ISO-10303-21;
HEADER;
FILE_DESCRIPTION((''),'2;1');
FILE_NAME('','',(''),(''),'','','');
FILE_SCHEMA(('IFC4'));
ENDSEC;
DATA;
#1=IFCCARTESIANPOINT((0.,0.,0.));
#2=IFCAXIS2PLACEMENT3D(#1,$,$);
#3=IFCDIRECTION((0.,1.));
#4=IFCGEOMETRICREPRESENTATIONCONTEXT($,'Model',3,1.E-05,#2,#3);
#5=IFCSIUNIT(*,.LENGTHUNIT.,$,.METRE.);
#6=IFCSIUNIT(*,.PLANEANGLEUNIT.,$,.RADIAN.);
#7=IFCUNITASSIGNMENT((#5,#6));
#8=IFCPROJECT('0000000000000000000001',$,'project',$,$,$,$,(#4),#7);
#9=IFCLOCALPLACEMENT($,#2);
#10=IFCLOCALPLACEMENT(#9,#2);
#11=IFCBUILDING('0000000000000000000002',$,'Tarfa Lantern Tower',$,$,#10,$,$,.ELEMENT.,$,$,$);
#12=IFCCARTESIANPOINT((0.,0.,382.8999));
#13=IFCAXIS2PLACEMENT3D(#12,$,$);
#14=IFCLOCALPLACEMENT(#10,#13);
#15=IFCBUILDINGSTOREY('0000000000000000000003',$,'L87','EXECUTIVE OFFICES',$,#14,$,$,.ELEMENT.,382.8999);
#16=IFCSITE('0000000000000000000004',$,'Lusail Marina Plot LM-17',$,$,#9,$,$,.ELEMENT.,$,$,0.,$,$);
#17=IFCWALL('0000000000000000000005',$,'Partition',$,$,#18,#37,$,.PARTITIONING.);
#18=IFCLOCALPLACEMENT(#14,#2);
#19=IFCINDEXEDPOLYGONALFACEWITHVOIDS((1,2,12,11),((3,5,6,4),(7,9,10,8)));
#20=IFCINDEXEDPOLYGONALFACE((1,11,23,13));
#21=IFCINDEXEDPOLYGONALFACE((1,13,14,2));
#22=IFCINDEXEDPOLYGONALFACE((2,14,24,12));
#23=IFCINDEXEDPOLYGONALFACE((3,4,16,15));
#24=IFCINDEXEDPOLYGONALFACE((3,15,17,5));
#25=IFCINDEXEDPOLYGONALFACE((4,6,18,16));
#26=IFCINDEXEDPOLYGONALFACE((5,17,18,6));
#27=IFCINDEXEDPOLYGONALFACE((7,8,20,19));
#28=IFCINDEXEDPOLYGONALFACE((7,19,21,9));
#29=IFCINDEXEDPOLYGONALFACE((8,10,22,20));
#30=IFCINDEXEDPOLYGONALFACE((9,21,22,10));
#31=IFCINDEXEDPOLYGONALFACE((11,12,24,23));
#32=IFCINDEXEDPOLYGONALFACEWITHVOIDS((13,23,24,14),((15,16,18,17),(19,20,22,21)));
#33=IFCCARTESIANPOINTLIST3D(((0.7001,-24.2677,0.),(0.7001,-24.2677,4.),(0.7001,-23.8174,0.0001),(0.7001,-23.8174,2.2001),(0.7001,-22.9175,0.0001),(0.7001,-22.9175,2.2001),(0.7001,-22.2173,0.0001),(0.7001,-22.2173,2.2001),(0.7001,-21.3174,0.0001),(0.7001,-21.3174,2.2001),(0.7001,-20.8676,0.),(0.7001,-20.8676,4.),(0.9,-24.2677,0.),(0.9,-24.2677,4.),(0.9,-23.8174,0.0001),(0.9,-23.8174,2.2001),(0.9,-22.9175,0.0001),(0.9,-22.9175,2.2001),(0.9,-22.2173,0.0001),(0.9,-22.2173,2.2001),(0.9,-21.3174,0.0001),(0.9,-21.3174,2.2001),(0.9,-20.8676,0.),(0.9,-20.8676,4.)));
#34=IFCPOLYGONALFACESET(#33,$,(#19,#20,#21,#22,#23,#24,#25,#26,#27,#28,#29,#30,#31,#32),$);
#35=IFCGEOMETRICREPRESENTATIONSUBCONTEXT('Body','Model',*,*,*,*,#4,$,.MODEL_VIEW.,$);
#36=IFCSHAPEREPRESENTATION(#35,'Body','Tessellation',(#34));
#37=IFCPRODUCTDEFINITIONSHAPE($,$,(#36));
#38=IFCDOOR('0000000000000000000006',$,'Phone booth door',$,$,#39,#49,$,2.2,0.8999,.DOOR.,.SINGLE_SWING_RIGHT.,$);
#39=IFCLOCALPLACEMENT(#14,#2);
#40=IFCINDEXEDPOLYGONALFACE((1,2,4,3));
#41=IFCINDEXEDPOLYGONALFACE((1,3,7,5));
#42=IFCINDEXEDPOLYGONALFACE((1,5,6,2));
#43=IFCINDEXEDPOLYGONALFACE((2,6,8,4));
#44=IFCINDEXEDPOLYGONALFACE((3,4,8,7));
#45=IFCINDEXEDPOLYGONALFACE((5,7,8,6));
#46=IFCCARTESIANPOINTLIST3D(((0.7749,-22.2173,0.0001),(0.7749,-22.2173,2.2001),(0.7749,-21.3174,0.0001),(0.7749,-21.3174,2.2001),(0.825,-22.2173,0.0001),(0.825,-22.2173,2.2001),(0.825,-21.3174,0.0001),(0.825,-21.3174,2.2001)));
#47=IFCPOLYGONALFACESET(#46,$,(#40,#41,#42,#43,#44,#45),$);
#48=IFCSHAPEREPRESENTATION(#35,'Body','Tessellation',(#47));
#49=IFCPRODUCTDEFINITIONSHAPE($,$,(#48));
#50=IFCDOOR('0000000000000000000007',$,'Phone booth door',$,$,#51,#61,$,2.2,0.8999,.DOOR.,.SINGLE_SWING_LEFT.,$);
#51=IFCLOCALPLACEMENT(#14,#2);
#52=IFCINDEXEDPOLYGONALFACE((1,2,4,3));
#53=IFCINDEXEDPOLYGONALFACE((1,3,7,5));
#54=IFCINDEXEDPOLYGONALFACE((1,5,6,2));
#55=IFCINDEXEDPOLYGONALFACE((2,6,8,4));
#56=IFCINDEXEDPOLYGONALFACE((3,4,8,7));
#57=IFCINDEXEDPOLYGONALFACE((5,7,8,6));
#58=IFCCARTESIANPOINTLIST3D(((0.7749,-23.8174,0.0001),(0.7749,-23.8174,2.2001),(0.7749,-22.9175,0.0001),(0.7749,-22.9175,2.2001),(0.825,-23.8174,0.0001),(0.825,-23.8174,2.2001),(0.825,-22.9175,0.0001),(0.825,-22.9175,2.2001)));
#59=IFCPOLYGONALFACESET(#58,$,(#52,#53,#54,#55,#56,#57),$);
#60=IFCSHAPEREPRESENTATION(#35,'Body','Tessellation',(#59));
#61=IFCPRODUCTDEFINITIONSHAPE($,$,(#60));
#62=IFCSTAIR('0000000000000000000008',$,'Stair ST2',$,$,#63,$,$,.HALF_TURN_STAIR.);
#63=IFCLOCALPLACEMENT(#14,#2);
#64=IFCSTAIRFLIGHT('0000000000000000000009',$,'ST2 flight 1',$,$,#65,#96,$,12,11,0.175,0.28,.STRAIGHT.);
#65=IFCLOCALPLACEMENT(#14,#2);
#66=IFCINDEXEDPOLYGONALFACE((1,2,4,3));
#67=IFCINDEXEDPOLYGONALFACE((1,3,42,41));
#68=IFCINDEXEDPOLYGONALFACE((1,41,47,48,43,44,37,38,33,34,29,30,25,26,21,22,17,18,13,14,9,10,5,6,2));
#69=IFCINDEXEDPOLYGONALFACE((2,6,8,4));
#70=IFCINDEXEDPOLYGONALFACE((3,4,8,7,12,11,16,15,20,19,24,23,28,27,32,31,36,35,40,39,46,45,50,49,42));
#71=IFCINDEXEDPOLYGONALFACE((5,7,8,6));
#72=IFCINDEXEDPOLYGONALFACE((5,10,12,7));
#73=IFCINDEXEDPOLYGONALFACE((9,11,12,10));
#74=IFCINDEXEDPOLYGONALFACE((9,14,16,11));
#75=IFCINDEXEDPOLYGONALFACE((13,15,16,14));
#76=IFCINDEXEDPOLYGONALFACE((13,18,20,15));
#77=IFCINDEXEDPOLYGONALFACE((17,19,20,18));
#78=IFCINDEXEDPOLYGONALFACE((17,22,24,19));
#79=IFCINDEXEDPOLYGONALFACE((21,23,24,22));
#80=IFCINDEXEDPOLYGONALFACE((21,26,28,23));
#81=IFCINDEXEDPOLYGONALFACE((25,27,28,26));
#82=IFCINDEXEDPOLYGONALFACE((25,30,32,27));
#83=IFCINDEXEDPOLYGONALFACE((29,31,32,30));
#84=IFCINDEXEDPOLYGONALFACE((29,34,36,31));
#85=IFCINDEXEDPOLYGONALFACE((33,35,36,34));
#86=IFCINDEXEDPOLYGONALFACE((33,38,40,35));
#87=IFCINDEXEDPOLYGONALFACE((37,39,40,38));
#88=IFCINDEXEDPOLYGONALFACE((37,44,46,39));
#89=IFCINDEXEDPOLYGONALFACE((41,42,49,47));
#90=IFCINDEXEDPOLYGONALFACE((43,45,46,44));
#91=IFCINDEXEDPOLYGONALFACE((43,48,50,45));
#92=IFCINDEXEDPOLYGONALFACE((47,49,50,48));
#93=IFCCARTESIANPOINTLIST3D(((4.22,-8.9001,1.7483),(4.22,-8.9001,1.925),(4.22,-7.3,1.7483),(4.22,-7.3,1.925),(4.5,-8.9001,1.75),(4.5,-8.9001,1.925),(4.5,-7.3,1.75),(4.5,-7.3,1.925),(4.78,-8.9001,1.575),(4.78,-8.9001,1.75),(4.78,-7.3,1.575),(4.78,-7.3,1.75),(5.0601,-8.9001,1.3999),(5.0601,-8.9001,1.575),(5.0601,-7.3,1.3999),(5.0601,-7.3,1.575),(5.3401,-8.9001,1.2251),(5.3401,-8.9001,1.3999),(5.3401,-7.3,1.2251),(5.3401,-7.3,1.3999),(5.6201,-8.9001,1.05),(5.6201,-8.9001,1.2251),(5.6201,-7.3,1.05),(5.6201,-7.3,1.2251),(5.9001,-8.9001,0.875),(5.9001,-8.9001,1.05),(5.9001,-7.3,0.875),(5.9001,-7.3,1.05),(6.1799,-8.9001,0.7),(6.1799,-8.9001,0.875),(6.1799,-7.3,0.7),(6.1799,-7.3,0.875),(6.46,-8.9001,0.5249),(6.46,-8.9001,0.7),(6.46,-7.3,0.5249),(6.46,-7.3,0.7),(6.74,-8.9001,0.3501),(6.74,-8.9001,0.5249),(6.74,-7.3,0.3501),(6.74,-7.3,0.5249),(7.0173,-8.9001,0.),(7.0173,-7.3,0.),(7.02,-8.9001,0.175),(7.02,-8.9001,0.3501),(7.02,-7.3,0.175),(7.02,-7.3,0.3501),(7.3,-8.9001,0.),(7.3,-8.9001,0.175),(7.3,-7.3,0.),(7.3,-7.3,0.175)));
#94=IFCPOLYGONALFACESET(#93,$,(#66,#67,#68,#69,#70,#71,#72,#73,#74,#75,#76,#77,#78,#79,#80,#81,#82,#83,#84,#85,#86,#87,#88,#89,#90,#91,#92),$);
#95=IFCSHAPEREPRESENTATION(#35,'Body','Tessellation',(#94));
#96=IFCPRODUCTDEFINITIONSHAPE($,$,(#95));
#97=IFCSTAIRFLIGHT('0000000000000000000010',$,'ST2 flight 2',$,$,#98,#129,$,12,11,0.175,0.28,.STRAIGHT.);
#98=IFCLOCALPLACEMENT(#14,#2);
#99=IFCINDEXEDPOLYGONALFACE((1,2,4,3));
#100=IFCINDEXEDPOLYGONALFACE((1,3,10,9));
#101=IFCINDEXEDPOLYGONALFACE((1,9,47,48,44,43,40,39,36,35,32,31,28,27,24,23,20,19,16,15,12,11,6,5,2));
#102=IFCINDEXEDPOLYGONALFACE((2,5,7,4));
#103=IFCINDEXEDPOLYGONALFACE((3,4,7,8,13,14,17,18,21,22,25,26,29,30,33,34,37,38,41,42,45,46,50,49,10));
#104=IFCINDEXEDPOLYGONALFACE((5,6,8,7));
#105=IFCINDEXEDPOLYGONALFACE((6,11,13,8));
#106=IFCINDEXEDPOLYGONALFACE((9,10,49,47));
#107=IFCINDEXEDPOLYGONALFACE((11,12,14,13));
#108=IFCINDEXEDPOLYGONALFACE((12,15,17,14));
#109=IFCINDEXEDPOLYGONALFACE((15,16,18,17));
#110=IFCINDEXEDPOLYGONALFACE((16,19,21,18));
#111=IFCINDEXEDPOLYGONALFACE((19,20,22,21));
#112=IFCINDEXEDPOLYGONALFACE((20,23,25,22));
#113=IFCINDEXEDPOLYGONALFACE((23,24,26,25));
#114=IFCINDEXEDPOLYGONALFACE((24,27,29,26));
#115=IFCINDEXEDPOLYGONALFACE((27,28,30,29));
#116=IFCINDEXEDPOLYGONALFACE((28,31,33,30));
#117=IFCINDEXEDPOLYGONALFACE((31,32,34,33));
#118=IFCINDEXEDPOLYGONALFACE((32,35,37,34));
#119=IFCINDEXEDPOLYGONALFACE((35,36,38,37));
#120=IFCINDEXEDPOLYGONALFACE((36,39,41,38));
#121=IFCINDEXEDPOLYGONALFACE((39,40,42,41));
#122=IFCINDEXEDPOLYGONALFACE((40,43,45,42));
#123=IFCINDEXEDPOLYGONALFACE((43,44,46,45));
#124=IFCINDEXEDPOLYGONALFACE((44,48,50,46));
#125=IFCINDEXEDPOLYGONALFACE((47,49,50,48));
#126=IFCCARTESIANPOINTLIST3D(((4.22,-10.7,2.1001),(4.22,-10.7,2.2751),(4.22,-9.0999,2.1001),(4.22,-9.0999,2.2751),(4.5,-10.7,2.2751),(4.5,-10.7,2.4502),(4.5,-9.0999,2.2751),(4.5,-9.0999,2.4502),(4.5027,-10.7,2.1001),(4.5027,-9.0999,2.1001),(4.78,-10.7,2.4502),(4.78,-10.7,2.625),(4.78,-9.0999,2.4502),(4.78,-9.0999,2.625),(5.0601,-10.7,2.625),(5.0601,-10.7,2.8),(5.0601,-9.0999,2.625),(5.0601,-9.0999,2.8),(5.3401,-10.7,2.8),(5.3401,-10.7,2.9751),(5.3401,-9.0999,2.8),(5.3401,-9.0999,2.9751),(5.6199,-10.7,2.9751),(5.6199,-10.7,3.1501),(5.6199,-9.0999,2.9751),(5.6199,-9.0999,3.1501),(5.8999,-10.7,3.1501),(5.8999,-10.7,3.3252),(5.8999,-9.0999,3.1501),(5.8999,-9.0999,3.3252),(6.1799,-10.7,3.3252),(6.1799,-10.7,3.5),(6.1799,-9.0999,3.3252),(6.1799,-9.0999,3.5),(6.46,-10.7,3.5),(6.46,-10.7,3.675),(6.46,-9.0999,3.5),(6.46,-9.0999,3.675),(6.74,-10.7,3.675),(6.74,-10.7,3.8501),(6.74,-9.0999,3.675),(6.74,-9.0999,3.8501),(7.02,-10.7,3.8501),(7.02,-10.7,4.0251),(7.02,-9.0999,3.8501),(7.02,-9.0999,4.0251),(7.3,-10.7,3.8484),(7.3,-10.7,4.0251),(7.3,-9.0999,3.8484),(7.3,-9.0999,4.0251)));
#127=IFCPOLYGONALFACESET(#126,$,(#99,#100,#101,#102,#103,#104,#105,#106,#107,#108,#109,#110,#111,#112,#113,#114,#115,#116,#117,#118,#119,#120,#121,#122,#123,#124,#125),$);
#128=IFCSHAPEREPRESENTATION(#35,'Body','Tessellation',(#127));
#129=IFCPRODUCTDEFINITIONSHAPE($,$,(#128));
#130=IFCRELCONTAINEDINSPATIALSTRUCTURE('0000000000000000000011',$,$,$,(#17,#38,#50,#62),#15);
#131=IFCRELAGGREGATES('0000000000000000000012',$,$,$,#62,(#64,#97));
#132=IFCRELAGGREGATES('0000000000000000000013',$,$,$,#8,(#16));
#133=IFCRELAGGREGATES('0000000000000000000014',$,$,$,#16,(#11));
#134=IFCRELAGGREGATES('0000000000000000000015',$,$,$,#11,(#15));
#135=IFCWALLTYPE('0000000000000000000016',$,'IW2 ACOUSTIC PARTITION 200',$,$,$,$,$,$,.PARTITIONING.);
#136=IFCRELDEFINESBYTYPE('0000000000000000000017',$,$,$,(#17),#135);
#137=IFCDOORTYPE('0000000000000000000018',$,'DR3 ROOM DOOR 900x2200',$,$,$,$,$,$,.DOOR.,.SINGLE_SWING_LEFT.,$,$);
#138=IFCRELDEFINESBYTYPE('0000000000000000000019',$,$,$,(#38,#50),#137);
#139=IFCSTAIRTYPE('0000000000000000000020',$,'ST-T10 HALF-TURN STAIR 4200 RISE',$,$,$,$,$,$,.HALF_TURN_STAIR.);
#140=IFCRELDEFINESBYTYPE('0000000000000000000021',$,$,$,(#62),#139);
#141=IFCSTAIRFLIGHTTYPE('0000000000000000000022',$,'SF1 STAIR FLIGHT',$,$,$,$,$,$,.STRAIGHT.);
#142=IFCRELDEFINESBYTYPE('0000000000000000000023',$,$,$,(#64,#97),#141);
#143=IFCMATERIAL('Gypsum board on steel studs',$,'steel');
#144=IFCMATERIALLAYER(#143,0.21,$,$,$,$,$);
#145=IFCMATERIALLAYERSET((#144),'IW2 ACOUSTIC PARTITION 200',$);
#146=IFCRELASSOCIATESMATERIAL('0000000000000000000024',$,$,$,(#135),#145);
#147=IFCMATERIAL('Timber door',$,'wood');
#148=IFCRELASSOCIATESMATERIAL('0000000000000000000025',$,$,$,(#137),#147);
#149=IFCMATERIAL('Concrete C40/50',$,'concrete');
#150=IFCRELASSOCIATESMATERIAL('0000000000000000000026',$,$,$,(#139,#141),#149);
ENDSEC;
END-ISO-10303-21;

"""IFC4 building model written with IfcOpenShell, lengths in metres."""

from ifc_helpers import new_model, si_unit, direction, frame, frame_2d, origin, place, context, subcontext, project, spatial, polyline, rectangle, outline, extrude, material, layer, layer_set, type_object, element, fill, aggregate, save


model = new_model("IFC4")

# Units and contexts
model_context = context("Model", 3, precision=1e-05, world=origin(), true_north=direction((0.0, 1.0)))
body_context = subcontext(model_context, "Body", "Model", "MODEL_VIEW")
ifc_project = project(units=[si_unit("LENGTHUNIT", "METRE"), si_unit("PLANEANGLEUNIT", "RADIAN")], contexts=[model_context])

# Site, building, storey
site_placement = place(None, origin())
site = spatial("IfcSite", under=ifc_project, at=site_placement, Name="Lusail Marina Plot LM-17", CompositionType="ELEMENT", RefElevation=0.0)
building_placement = place(site_placement, origin())
building = spatial("IfcBuilding", under=site, at=building_placement, Name="Tarfa Lantern Tower", CompositionType="ELEMENT")
storey_placement = place(building_placement, frame((0.0, 0.0, 382.8999)))
storey = spatial("IfcBuildingStorey", under=building, at=storey_placement, Name="L87", Description="EXECUTIVE OFFICES", CompositionType="ELEMENT", Elevation=382.8999)

# Shared definitions
ifc_material_1 = material(Name="Gypsum board on steel studs", Category="steel")
ifc_layer_1 = layer(ifc_material_1, 0.21)
ifc_layer_set_1 = layer_set([ifc_layer_1], Name="IW2 ACOUSTIC PARTITION 200")
wall_type_1 = type_object("IfcWallType", Name="IW2 ACOUSTIC PARTITION 200", PredefinedType="PARTITIONING", material=ifc_layer_set_1)

# Shared definitions
ifc_material_2 = material(Name="Timber door", Category="wood")

# Wall, openings, doors
wall_1_placement = place(storey_placement, frame((0.8, -20.8674, 0.0), z_axis=(0.0, 0.0, 1.0), x_axis=(0.0, -1.0, 0.0)))
wall_1 = element("IfcWall", 1, at=wall_1_placement, inside=storey, type_object=wall_type_1, Name="Partition", PredefinedType="PARTITIONING", context=body_context, shape_type="SweptSolid", body=[
    extrude(rectangle(XDim=3.4001, YDim=0.2, at=frame_2d((1.7002, 0.0))), origin(), (0.0, 0.0, 1.0), 4.0),
])
opening_1_placement = place(wall_1_placement, frame((0.45, 0.0, 0.0)))
opening_1 = element("IfcOpeningElement", 2, at=opening_1_placement, cuts=wall_1, PredefinedType="OPENING", context=body_context, shape_type="SweptSolid", body=[
    extrude(rectangle(XDim=0.8999, YDim=2.2, at=frame_2d((0.45, 1.1001))), frame((0.0, 0.1099, 0.0), z_axis=(0.0, -1.0, 0.0), x_axis=(1.0, 0.0, 0.0)), (0.0, 0.0, 1.0), 0.22),
])
opening_2_placement = place(wall_1_placement, frame((2.05, 0.0, 0.0)))
opening_2 = element("IfcOpeningElement", 3, at=opening_2_placement, cuts=wall_1, PredefinedType="OPENING", context=body_context, shape_type="SweptSolid", body=[
    extrude(rectangle(XDim=0.8999, YDim=2.2, at=frame_2d((0.45, 1.1001))), frame((0.0, 0.1099, 0.0), z_axis=(0.0, -1.0, 0.0), x_axis=(1.0, 0.0, 0.0)), (0.0, 0.0, 1.0), 0.22),
])
door_type_1 = type_object("IfcDoorType", Name="DR3 ROOM DOOR 900x2200", OperationType="SINGLE_SWING_LEFT", PredefinedType="DOOR", material=ifc_material_2)
door_1_placement = place(opening_1_placement, origin())
door_1 = element("IfcDoor", 4, at=door_1_placement, inside=storey, type_object=door_type_1, Name="Phone booth door", OperationType="SINGLE_SWING_RIGHT", OverallHeight=2.2, OverallWidth=0.8999, PredefinedType="DOOR", context=body_context, shape_type="SweptSolid", body=[
    extrude(rectangle(XDim=0.8999, YDim=2.2, at=frame_2d((0.45, 1.1001))), frame((0.0, 0.0249, 0.0), z_axis=(0.0, -1.0, 0.0), x_axis=(1.0, 0.0, 0.0)), (0.0, 0.0, 1.0), 0.05),
])
fill(opening_1, door_1)
door_2_placement = place(opening_2_placement, origin())
door_2 = element("IfcDoor", 5, at=door_2_placement, inside=storey, type_object=door_type_1, Name="Phone booth door", OperationType="SINGLE_SWING_LEFT", OverallHeight=2.2, OverallWidth=0.8999, PredefinedType="DOOR", context=body_context, shape_type="SweptSolid", body=[
    extrude(rectangle(XDim=0.8999, YDim=2.2, at=frame_2d((0.45, 1.1001))), frame((0.0, 0.0249, 0.0), z_axis=(0.0, -1.0, 0.0), x_axis=(1.0, 0.0, 0.0)), (0.0, 0.0, 1.0), 0.05),
])
fill(opening_2, door_2)

# Stair, stair flights
ifc_material_3 = material(Name="Concrete C40/50", Category="concrete")
stair_type = type_object("IfcStairType", Name="ST-T10 HALF-TURN STAIR 4200 RISE", PredefinedType="HALF_TURN_STAIR", material=ifc_material_3)
stair_placement = place(storey_placement, origin())
stair = element("IfcStair", 6, at=stair_placement, inside=storey, type_object=stair_type, Name="Stair ST2", PredefinedType="HALF_TURN_STAIR")
stair_flight_type = type_object("IfcStairFlightType", Name="SF1 STAIR FLIGHT", PredefinedType="STRAIGHT", material=ifc_material_3)
stair_flight_1_placement = place(storey_placement, frame((7.3, -8.1001, 0.0), z_axis=(0.0, 0.0, 1.0), x_axis=(-1.0, 0.0, 0.0)))
stair_flight_1 = element("IfcStairFlight", 7, at=stair_flight_1_placement, type_object=stair_flight_type, Name="ST2 flight 1", NumberOfRisers=12, NumberOfTreads=11, PredefinedType="STRAIGHT", RiserHeight=0.175, TreadLength=0.28, context=body_context, shape_type="SweptSolid", body=[
    extrude(outline(polyline([(0.0, 0.0), (0.0, 0.175), (0.28, 0.175), (0.28, 0.3501), (0.5601, 0.3501), (0.5601, 0.5249), (0.8401, 0.5249), (0.8401, 0.7), (1.1201, 0.7), (1.1201, 0.875), (1.3999, 0.875), (1.3999, 1.05), (1.6799, 1.05), (1.6799, 1.2251), (1.96, 1.2251), (1.96, 1.3999), (2.24, 1.3999), (2.24, 1.575), (2.52, 1.575), (2.52, 1.75), (2.8, 1.75), (2.8, 1.925), (3.0801, 1.925), (3.0801, 2.1001), (3.0801, 1.7483), (0.2827, 0.0), (0.0, 0.0)])), frame((0.0, 0.8, 0.0), z_axis=(0.0, -1.0, 0.0), x_axis=(1.0, 0.0, 0.0)), (0.0, 0.0, 1.0), 1.6001),
])
stair_flight_2_placement = place(storey_placement, frame((4.22, -9.8999, 2.1001), z_axis=(0.0, 0.0, 1.0), x_axis=(1.0, 0.0, 0.0)))
stair_flight_2 = element("IfcStairFlight", 8, at=stair_flight_2_placement, type_object=stair_flight_type, Name="ST2 flight 2", NumberOfRisers=12, NumberOfTreads=11, PredefinedType="STRAIGHT", RiserHeight=0.175, TreadLength=0.28, context=body_context, shape_type="SweptSolid", body=[
    extrude(outline(polyline([(0.0, 0.0), (0.0, 0.175), (0.28, 0.175), (0.28, 0.3501), (0.5601, 0.3501), (0.5601, 0.5249), (0.8401, 0.5249), (0.8401, 0.7), (1.1201, 0.7), (1.1201, 0.875), (1.3999, 0.875), (1.3999, 1.05), (1.6799, 1.05), (1.6799, 1.2251), (1.96, 1.2251), (1.96, 1.3999), (2.24, 1.3999), (2.24, 1.575), (2.52, 1.575), (2.52, 1.75), (2.8, 1.75), (2.8, 1.925), (3.0801, 1.925), (3.0801, 2.1001), (3.0801, 1.7483), (0.2827, 0.0), (0.0, 0.0)])), frame((0.0, 0.8, 0.0), z_axis=(0.0, -1.0, 0.0), x_axis=(1.0, 0.0, 0.0)), (0.0, 0.0, 1.0), 1.6001),
])
aggregate(stair, [stair_flight_1, stair_flight_2])

save(model, "model.ifc")
